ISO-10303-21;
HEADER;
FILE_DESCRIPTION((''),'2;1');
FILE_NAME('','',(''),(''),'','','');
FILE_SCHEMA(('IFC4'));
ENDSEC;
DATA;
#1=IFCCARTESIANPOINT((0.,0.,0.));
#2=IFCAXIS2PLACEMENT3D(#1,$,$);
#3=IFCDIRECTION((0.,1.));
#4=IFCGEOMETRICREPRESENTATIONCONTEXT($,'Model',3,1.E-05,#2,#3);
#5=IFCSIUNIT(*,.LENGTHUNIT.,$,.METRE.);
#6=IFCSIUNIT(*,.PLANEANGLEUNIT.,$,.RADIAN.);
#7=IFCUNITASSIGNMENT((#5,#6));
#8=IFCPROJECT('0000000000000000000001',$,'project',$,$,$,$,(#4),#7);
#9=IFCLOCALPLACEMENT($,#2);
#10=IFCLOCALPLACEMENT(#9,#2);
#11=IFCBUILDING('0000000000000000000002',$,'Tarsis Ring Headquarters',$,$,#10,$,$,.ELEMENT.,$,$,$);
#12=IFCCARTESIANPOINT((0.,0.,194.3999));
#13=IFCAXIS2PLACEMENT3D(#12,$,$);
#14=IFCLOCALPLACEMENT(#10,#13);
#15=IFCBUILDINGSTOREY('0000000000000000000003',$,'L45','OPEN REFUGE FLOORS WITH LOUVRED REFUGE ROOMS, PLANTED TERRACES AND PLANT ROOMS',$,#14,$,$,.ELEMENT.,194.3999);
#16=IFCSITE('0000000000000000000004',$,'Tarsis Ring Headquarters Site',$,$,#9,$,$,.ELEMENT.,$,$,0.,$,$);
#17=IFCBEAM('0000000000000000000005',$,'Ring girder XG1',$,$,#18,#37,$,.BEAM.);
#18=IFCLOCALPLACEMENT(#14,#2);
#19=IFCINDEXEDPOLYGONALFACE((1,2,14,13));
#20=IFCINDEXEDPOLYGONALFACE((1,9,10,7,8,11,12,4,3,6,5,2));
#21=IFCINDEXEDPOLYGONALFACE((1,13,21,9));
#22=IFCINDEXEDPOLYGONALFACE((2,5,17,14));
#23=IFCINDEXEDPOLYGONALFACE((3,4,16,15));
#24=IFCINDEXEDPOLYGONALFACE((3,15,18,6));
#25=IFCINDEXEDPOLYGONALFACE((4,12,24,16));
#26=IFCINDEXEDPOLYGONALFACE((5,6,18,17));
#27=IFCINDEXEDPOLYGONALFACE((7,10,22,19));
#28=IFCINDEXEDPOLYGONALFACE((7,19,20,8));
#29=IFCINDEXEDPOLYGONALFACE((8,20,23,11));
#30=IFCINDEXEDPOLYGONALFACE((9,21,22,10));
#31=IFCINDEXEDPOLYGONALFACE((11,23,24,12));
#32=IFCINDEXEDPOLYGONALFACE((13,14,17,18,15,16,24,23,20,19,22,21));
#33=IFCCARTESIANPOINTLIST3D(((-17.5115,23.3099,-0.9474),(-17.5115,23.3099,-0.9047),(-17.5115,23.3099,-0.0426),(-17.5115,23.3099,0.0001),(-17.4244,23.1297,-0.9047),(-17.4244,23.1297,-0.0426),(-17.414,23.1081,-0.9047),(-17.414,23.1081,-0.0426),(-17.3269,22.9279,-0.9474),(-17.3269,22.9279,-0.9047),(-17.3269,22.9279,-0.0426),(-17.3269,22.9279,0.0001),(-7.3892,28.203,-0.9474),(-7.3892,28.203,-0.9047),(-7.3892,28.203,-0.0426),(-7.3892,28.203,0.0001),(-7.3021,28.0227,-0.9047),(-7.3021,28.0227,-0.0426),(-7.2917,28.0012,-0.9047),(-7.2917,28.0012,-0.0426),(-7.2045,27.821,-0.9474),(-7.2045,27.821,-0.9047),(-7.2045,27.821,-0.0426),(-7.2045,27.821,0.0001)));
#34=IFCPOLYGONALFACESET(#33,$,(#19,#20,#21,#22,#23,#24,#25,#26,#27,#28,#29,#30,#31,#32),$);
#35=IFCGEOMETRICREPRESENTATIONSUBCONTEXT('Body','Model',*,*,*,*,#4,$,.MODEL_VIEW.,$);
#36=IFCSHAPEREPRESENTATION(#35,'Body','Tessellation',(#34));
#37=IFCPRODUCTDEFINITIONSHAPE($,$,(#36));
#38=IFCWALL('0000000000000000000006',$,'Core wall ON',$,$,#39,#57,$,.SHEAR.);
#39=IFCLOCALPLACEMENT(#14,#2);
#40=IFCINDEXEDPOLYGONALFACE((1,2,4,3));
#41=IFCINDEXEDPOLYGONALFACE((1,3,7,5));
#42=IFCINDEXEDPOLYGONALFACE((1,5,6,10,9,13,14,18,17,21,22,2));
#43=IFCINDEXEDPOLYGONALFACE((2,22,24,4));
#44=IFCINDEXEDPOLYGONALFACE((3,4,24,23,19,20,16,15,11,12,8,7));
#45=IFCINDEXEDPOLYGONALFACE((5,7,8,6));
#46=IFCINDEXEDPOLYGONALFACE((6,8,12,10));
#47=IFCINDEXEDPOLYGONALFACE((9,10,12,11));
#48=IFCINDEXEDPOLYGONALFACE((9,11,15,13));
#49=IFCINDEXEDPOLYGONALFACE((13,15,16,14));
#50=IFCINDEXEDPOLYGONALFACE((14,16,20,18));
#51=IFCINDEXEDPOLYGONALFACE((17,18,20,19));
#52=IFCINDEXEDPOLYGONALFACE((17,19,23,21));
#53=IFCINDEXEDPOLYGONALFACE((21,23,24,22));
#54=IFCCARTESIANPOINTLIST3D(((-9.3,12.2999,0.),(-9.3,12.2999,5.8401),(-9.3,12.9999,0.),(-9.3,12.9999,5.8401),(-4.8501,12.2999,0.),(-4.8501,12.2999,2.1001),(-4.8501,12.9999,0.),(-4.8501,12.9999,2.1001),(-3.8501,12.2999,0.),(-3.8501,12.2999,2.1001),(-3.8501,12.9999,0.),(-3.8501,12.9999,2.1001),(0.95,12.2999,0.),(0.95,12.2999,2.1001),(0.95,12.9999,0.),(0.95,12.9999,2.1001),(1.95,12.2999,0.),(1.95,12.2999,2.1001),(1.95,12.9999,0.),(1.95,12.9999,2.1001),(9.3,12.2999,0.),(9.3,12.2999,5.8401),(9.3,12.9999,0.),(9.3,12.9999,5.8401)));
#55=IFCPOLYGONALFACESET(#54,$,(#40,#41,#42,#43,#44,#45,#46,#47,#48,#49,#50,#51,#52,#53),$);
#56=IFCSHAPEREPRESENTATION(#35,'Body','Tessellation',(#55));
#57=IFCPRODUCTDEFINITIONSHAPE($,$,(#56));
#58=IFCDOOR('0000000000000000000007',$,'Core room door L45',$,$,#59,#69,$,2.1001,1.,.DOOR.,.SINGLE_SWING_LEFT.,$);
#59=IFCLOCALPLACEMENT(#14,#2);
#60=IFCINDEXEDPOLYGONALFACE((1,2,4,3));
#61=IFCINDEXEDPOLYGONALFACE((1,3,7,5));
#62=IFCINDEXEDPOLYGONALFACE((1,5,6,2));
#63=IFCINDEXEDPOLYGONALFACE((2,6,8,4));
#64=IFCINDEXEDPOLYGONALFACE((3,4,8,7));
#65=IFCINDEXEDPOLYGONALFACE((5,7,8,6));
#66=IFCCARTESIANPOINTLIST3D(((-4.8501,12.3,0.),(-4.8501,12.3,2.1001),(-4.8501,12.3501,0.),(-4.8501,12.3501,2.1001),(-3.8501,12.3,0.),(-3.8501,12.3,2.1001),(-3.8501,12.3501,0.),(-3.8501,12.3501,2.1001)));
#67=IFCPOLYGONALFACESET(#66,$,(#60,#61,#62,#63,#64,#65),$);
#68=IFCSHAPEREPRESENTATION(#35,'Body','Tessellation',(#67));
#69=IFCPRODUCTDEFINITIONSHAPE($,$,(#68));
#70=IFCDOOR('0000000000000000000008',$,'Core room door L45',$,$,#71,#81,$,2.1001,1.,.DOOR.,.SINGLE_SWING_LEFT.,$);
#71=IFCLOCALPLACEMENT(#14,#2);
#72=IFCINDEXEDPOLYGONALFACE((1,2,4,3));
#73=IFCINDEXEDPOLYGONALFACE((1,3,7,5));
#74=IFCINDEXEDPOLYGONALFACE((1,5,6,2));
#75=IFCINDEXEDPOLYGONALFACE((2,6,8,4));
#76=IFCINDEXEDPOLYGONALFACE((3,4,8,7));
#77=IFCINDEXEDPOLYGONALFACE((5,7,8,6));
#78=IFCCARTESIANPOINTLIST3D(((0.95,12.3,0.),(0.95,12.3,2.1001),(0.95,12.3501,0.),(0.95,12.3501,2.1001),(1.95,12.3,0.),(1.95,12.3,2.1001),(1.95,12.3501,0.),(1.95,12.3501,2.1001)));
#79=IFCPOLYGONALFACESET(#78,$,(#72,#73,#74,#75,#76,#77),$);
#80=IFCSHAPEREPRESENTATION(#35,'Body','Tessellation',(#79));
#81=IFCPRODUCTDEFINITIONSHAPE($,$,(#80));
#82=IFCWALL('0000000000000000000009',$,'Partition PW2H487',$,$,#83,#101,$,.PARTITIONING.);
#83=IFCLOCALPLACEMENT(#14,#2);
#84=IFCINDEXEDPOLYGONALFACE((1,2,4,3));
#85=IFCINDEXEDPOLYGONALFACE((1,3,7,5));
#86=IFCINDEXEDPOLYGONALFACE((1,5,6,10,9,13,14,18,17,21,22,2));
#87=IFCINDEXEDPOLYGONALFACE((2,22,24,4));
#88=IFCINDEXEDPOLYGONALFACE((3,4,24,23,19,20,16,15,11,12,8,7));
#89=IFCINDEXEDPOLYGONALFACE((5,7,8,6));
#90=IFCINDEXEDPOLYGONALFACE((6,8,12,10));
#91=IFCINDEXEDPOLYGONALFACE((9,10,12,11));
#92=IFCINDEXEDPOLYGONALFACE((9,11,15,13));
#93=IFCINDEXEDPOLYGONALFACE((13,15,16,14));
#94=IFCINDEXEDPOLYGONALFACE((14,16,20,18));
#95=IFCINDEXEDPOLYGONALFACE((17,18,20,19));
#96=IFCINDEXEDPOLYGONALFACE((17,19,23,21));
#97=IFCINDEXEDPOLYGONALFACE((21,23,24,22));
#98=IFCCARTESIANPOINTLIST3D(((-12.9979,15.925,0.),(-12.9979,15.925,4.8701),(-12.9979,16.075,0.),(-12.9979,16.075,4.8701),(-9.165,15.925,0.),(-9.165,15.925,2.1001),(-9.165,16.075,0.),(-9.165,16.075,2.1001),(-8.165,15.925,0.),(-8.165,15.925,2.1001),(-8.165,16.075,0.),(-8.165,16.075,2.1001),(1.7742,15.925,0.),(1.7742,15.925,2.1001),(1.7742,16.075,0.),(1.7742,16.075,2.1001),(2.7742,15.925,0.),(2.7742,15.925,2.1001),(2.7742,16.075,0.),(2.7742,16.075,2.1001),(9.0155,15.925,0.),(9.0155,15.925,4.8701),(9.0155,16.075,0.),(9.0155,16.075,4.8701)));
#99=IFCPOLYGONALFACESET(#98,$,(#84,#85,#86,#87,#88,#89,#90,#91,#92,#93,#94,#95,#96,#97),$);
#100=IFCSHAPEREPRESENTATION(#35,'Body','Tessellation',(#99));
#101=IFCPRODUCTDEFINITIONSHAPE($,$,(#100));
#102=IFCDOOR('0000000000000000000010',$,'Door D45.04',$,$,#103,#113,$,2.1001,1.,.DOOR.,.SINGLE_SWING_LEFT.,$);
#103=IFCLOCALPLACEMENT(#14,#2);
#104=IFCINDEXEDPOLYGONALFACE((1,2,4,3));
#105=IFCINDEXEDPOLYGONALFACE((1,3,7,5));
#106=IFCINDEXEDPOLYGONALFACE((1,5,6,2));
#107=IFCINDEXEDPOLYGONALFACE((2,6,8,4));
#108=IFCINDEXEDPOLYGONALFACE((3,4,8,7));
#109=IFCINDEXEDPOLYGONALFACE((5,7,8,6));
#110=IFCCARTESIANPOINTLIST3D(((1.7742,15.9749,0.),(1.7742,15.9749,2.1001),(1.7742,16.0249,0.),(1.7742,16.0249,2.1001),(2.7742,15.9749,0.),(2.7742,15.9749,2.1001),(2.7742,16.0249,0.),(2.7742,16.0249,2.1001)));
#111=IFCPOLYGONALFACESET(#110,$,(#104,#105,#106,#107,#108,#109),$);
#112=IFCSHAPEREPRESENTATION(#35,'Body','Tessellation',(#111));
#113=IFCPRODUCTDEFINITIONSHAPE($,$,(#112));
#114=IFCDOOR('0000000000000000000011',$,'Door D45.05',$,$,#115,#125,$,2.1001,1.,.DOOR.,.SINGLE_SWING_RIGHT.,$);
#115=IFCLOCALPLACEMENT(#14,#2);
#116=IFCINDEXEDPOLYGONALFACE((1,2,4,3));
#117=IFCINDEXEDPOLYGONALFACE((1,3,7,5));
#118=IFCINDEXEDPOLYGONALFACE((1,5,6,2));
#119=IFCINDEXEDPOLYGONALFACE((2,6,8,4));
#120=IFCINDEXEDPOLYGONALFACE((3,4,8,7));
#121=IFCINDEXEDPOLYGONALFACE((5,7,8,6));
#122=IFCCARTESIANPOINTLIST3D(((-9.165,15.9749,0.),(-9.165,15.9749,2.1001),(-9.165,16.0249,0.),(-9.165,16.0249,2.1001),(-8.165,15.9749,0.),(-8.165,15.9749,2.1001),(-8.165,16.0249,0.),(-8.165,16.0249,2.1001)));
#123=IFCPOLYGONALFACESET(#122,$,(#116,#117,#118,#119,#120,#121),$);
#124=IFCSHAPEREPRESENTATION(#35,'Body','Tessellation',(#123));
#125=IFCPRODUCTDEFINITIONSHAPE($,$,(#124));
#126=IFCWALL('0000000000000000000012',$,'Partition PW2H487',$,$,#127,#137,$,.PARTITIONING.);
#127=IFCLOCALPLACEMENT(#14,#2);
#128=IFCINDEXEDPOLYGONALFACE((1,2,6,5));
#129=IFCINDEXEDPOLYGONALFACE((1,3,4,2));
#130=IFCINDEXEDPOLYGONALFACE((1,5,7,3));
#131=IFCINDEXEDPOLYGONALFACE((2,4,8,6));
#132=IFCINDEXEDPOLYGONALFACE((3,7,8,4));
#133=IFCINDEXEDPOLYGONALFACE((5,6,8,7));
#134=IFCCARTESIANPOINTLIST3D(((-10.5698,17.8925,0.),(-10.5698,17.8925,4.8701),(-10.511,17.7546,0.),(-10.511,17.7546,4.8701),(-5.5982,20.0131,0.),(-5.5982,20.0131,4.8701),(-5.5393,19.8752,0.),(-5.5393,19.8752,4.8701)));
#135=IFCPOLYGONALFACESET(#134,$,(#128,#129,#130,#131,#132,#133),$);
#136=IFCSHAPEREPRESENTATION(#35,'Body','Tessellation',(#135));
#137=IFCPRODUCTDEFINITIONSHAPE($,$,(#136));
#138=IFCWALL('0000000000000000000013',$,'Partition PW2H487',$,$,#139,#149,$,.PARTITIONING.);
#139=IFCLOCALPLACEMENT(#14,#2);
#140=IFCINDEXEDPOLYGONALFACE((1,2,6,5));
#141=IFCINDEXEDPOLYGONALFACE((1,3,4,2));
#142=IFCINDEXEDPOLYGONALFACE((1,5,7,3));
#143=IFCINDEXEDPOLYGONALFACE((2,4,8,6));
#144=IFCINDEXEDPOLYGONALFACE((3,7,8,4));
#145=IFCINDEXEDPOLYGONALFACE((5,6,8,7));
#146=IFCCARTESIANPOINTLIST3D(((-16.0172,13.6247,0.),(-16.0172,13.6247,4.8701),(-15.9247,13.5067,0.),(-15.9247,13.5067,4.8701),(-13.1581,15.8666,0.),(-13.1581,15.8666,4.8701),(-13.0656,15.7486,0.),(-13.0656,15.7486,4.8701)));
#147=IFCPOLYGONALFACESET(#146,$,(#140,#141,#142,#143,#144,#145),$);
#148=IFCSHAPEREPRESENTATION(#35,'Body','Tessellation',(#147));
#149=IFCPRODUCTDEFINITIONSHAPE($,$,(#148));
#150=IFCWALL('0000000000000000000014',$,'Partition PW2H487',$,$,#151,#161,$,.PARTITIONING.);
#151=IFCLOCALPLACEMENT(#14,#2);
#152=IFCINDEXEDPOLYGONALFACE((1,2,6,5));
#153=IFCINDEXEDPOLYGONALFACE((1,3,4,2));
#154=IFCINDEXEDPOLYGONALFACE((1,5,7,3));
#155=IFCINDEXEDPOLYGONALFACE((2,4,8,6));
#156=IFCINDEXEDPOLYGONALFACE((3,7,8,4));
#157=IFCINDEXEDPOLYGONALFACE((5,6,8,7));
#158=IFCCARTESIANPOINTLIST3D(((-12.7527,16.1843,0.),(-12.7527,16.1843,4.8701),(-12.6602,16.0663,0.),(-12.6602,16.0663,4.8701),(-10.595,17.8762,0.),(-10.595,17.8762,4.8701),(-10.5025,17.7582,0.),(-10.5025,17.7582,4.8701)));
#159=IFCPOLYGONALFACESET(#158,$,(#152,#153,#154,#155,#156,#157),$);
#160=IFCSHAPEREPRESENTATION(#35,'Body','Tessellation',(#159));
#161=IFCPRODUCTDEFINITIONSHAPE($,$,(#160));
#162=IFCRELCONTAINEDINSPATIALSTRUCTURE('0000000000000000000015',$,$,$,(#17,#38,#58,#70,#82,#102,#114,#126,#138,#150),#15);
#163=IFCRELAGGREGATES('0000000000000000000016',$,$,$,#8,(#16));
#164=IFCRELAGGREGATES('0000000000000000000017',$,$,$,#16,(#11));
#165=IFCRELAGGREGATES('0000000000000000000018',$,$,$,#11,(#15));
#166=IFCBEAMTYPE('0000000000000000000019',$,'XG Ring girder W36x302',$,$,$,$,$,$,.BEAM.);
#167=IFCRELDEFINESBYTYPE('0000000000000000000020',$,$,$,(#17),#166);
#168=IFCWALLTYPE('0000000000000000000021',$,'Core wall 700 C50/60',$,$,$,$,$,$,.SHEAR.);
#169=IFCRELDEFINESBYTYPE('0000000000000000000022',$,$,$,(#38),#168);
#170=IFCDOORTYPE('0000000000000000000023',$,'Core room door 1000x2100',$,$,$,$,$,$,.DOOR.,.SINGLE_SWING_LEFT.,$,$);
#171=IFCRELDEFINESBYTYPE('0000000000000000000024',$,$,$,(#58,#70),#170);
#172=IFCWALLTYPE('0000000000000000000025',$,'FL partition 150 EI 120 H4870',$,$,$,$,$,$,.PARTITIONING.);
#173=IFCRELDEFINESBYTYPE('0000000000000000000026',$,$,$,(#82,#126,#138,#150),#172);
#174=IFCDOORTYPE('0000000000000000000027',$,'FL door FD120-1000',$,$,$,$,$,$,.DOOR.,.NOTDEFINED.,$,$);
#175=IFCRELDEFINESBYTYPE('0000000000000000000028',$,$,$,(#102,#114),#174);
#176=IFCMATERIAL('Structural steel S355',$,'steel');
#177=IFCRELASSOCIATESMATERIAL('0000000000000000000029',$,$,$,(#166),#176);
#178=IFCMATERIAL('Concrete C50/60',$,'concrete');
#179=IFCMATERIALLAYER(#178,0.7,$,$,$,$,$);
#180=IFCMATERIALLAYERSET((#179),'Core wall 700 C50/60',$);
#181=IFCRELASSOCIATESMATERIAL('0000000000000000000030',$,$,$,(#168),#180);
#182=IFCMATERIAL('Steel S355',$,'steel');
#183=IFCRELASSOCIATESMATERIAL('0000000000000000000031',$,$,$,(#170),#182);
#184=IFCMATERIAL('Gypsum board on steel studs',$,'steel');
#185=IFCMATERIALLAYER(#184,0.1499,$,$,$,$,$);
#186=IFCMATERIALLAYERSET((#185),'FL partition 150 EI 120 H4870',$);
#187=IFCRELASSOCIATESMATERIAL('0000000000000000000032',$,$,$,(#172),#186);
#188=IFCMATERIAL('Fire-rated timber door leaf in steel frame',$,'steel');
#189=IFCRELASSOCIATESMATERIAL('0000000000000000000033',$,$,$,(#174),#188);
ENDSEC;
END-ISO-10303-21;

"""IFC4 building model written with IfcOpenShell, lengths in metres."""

from ifc_helpers import new_model, si_unit, direction, frame, frame_2d, origin, origin_2d, place, context, subcontext, project, spatial, rectangle, i_section, extrude, material, layer, layer_set, material_profile, profile_set, type_object, element, fill, save


model = new_model("IFC4")

# Units and contexts
model_context = context("Model", 3, precision=1e-05, world=origin(), true_north=direction((0.0, 1.0)))
body_context = subcontext(model_context, "Body", "Model", "MODEL_VIEW")
ifc_project = project(units=[si_unit("LENGTHUNIT", "METRE"), si_unit("PLANEANGLEUNIT", "RADIAN")], contexts=[model_context])

# Site, building, storey
site_placement = place(None, origin())
site = spatial("IfcSite", under=ifc_project, at=site_placement, Name="Tarsis Ring Headquarters Site", CompositionType="ELEMENT", RefElevation=0.0)
building_placement = place(site_placement, origin())
building = spatial("IfcBuilding", under=site, at=building_placement, Name="Tarsis Ring Headquarters", CompositionType="ELEMENT")
storey_placement = place(building_placement, frame((0.0, 0.0, 194.3999)))
storey = spatial("IfcBuildingStorey", under=building, at=storey_placement, Name="L45", Description="OPEN REFUGE FLOORS WITH LOUVRED REFUGE ROOMS, PLANTED TERRACES AND PLANT ROOMS", CompositionType="ELEMENT", Elevation=194.3999)

# Shared definitions
ifc_material_1 = material(Name="Structural steel S355", Category="steel")

# Shared definitions
ifc_material_profile_1 = material_profile(ifc_material_1, i_section(OverallWidth=0.4243, OverallDepth=0.9475, WebThickness=0.0239, FlangeThickness=0.0427, at=origin_2d()), Name="W36x302")
ifc_profile_set_1 = profile_set([ifc_material_profile_1], Name="Structural steel S355")

# Beam
beam_type_1 = type_object("IfcBeamType", Name="XG Ring girder W36x302", PredefinedType="BEAM", material=ifc_profile_set_1)
beam_1_placement = place(storey_placement, frame((-7.2969, 28.012, -0.4736), z_axis=(-0.900328, -0.435213, 0.0), x_axis=(0.435213, -0.900328, 0.0)))
element("IfcBeam", 1, at=beam_1_placement, inside=storey, type_object=beam_type_1, Name="Ring girder XG1", PredefinedType="BEAM", context=body_context, shape_type="SweptSolid", body=[
    extrude(i_section(OverallWidth=0.4243, OverallDepth=0.9475, WebThickness=0.0239, FlangeThickness=0.0427, at=origin_2d()), origin(), (0.0, 0.0, 1.0), 11.2429),
])

# Walls, openings, doors
ifc_material_2 = material(Name="Concrete C50/60", Category="concrete")
ifc_layer_1 = layer(ifc_material_2, 0.7)
ifc_layer_set_1 = layer_set([ifc_layer_1], Name="Core wall 700 C50/60")
wall_type_1 = type_object("IfcWallType", Name="Core wall 700 C50/60", PredefinedType="SHEAR", material=ifc_layer_set_1)
wall_1_placement = place(storey_placement, frame((-9.3, 12.6499, 0.0), z_axis=(0.0, 0.0, 1.0), x_axis=(1.0, 0.0, 0.0)))
wall_1 = element("IfcWall", 2, at=wall_1_placement, inside=storey, type_object=wall_type_1, Name="Core wall ON", PredefinedType="SHEAR", context=body_context, shape_type="SweptSolid", body=[
    extrude(rectangle(XDim=18.6001, YDim=0.7, at=frame_2d((9.3, 0.0))), origin(), (0.0, 0.0, 1.0), 5.8401),
])
opening_1_placement = place(wall_1_placement, frame((4.45, 0.0, 0.0)))
opening_1 = element("IfcOpeningElement", 3, at=opening_1_placement, cuts=wall_1, PredefinedType="OPENING", context=body_context, shape_type="SweptSolid", body=[
    extrude(rectangle(XDim=1.0, YDim=2.1001, at=frame_2d((0.5, 1.05))), frame((0.0, 0.3599, 0.0), z_axis=(0.0, -1.0, 0.0), x_axis=(1.0, 0.0, 0.0)), (0.0, 0.0, 1.0), 0.72),
])
opening_2_placement = place(wall_1_placement, frame((10.25, 0.0, 0.0)))
opening_2 = element("IfcOpeningElement", 4, at=opening_2_placement, cuts=wall_1, PredefinedType="OPENING", context=body_context, shape_type="SweptSolid", body=[
    extrude(rectangle(XDim=1.0, YDim=2.1001, at=frame_2d((0.5, 1.05))), frame((0.0, 0.3599, 0.0), z_axis=(0.0, -1.0, 0.0), x_axis=(1.0, 0.0, 0.0)), (0.0, 0.0, 1.0), 0.72),
])
ifc_material_3 = material(Name="Steel S355", Category="steel")
door_type_1 = type_object("IfcDoorType", Name="Core room door 1000x2100", OperationType="SINGLE_SWING_LEFT", PredefinedType="DOOR", material=ifc_material_3)
door_1_placement = place(opening_1_placement, origin())
door_1 = element("IfcDoor", 5, at=door_1_placement, inside=storey, type_object=door_type_1, Name="Core room door L45", OperationType="SINGLE_SWING_LEFT", OverallHeight=2.1001, OverallWidth=1.0, PredefinedType="DOOR", context=body_context, shape_type="SweptSolid", body=[
    extrude(rectangle(XDim=1.0, YDim=2.1001, at=frame_2d((0.5, 1.05))), frame((0.0, -0.2998, 0.0), z_axis=(0.0, -1.0, 0.0), x_axis=(1.0, 0.0, 0.0)), (0.0, 0.0, 1.0), 0.05),
])
fill(opening_1, door_1)
door_2_placement = place(opening_2_placement, origin())
door_2 = element("IfcDoor", 6, at=door_2_placement, inside=storey, type_object=door_type_1, Name="Core room door L45", OperationType="SINGLE_SWING_LEFT", OverallHeight=2.1001, OverallWidth=1.0, PredefinedType="DOOR", context=body_context, shape_type="SweptSolid", body=[
    extrude(rectangle(XDim=1.0, YDim=2.1001, at=frame_2d((0.5, 1.05))), frame((0.0, -0.2998, 0.0), z_axis=(0.0, -1.0, 0.0), x_axis=(1.0, 0.0, 0.0)), (0.0, 0.0, 1.0), 0.05),
])
fill(opening_2, door_2)
ifc_material_4 = material(Name="Gypsum board on steel studs", Category="steel")
ifc_layer_2 = layer(ifc_material_4, 0.1499)
ifc_layer_set_2 = layer_set([ifc_layer_2], Name="FL partition 150 EI 120 H4870")
wall_type_2 = type_object("IfcWallType", Name="FL partition 150 EI 120 H4870", PredefinedType="PARTITIONING", material=ifc_layer_set_2)
wall_2_placement = place(storey_placement, frame((-12.998, 16.0, 0.0), z_axis=(0.0, 0.0, 1.0), x_axis=(1.0, 0.0, 0.0)))
wall_2 = element("IfcWall", 7, at=wall_2_placement, inside=storey, type_object=wall_type_2, Name="Partition PW2H487", PredefinedType="PARTITIONING", context=body_context, shape_type="SweptSolid", body=[
    extrude(rectangle(XDim=22.0134, YDim=0.1499, at=frame_2d((11.0068, 0.0))), origin(), (0.0, 0.0, 1.0), 4.8701),
])
opening_3_placement = place(wall_2_placement, frame((14.7722, 0.0, 0.0)))
opening_3 = element("IfcOpeningElement", 8, at=opening_3_placement, cuts=wall_2, PredefinedType="OPENING", context=body_context, shape_type="SweptSolid", body=[
    extrude(rectangle(XDim=1.0, YDim=2.1001, at=frame_2d((0.5, 1.05))), frame((0.0, 0.085, 0.0), z_axis=(0.0, -1.0, 0.0), x_axis=(1.0, 0.0, 0.0)), (0.0, 0.0, 1.0), 0.1699),
])
opening_4_placement = place(wall_2_placement, frame((3.833, 0.0, 0.0)))
opening_4 = element("IfcOpeningElement", 9, at=opening_4_placement, cuts=wall_2, PredefinedType="OPENING", context=body_context, shape_type="SweptSolid", body=[
    extrude(rectangle(XDim=1.0, YDim=2.1001, at=frame_2d((0.5, 1.05))), frame((0.0, 0.085, 0.0), z_axis=(0.0, -1.0, 0.0), x_axis=(1.0, 0.0, 0.0)), (0.0, 0.0, 1.0), 0.1699),
])
ifc_material_5 = material(Name="Fire-rated timber door leaf in steel frame", Category="steel")
door_type_2 = type_object("IfcDoorType", Name="FL door FD120-1000", OperationType="NOTDEFINED", PredefinedType="DOOR", material=ifc_material_5)
door_3_placement = place(opening_3_placement, origin())
door_3 = element("IfcDoor", 10, at=door_3_placement, inside=storey, type_object=door_type_2, Name="Door D45.04", OperationType="SINGLE_SWING_LEFT", OverallHeight=2.1001, OverallWidth=1.0, PredefinedType="DOOR", context=body_context, shape_type="SweptSolid", body=[
    extrude(rectangle(XDim=1.0, YDim=2.1001, at=frame_2d((0.5, 1.05))), frame((0.0, 0.0249, 0.0), z_axis=(0.0, -1.0, 0.0), x_axis=(1.0, 0.0, 0.0)), (0.0, 0.0, 1.0), 0.05),
])
fill(opening_3, door_3)
door_4_placement = place(opening_4_placement, origin())
door_4 = element("IfcDoor", 11, at=door_4_placement, inside=storey, type_object=door_type_2, Name="Door D45.05", OperationType="SINGLE_SWING_RIGHT", OverallHeight=2.1001, OverallWidth=1.0, PredefinedType="DOOR", context=body_context, shape_type="SweptSolid", body=[
    extrude(rectangle(XDim=1.0, YDim=2.1001, at=frame_2d((0.5, 1.05))), frame((0.0, 0.0249, 0.0), z_axis=(0.0, -1.0, 0.0), x_axis=(1.0, 0.0, 0.0)), (0.0, 0.0, 1.0), 0.05),
])
fill(opening_4, door_4)

# Walls
wall_3_placement = place(storey_placement, frame((-10.5405, 17.8235, 0.0), z_axis=(0.0, 0.0, 1.0), x_axis=(0.919821, 0.392338, 0.0)))
element("IfcWall", 12, at=wall_3_placement, inside=storey, type_object=wall_type_2, Name="Partition PW2H487", PredefinedType="PARTITIONING", context=body_context, shape_type="SweptSolid", body=[
    extrude(rectangle(XDim=5.405, YDim=0.1499, at=frame_2d((2.7026, 0.0))), origin(), (0.0, 0.0, 1.0), 4.8701),
])
wall_4_placement = place(storey_placement, frame((-15.9709, 13.5657, 0.0), z_axis=(0.0, 0.0, 1.0), x_axis=(0.786922, 0.617053, 0.0)))
element("IfcWall", 13, at=wall_4_placement, inside=storey, type_object=wall_type_2, Name="Partition PW2H487", PredefinedType="PARTITIONING", context=body_context, shape_type="SweptSolid", body=[
    extrude(rectangle(XDim=3.6333, YDim=0.1499, at=frame_2d((1.8167, 0.0))), origin(), (0.0, 0.0, 1.0), 4.8701),
])
wall_5_placement = place(storey_placement, frame((-12.7065, 16.1252, 0.0), z_axis=(0.0, 0.0, 1.0), x_axis=(0.78693, 0.617043, 0.0)))
element("IfcWall", 14, at=wall_5_placement, inside=storey, type_object=wall_type_2, Name="Partition PW2H487", PredefinedType="PARTITIONING", context=body_context, shape_type="SweptSolid", body=[
    extrude(rectangle(XDim=2.7419, YDim=0.1499, at=frame_2d((1.3711, 0.0))), origin(), (0.0, 0.0, 1.0), 4.8701),
])

save(model, "model.ifc")
